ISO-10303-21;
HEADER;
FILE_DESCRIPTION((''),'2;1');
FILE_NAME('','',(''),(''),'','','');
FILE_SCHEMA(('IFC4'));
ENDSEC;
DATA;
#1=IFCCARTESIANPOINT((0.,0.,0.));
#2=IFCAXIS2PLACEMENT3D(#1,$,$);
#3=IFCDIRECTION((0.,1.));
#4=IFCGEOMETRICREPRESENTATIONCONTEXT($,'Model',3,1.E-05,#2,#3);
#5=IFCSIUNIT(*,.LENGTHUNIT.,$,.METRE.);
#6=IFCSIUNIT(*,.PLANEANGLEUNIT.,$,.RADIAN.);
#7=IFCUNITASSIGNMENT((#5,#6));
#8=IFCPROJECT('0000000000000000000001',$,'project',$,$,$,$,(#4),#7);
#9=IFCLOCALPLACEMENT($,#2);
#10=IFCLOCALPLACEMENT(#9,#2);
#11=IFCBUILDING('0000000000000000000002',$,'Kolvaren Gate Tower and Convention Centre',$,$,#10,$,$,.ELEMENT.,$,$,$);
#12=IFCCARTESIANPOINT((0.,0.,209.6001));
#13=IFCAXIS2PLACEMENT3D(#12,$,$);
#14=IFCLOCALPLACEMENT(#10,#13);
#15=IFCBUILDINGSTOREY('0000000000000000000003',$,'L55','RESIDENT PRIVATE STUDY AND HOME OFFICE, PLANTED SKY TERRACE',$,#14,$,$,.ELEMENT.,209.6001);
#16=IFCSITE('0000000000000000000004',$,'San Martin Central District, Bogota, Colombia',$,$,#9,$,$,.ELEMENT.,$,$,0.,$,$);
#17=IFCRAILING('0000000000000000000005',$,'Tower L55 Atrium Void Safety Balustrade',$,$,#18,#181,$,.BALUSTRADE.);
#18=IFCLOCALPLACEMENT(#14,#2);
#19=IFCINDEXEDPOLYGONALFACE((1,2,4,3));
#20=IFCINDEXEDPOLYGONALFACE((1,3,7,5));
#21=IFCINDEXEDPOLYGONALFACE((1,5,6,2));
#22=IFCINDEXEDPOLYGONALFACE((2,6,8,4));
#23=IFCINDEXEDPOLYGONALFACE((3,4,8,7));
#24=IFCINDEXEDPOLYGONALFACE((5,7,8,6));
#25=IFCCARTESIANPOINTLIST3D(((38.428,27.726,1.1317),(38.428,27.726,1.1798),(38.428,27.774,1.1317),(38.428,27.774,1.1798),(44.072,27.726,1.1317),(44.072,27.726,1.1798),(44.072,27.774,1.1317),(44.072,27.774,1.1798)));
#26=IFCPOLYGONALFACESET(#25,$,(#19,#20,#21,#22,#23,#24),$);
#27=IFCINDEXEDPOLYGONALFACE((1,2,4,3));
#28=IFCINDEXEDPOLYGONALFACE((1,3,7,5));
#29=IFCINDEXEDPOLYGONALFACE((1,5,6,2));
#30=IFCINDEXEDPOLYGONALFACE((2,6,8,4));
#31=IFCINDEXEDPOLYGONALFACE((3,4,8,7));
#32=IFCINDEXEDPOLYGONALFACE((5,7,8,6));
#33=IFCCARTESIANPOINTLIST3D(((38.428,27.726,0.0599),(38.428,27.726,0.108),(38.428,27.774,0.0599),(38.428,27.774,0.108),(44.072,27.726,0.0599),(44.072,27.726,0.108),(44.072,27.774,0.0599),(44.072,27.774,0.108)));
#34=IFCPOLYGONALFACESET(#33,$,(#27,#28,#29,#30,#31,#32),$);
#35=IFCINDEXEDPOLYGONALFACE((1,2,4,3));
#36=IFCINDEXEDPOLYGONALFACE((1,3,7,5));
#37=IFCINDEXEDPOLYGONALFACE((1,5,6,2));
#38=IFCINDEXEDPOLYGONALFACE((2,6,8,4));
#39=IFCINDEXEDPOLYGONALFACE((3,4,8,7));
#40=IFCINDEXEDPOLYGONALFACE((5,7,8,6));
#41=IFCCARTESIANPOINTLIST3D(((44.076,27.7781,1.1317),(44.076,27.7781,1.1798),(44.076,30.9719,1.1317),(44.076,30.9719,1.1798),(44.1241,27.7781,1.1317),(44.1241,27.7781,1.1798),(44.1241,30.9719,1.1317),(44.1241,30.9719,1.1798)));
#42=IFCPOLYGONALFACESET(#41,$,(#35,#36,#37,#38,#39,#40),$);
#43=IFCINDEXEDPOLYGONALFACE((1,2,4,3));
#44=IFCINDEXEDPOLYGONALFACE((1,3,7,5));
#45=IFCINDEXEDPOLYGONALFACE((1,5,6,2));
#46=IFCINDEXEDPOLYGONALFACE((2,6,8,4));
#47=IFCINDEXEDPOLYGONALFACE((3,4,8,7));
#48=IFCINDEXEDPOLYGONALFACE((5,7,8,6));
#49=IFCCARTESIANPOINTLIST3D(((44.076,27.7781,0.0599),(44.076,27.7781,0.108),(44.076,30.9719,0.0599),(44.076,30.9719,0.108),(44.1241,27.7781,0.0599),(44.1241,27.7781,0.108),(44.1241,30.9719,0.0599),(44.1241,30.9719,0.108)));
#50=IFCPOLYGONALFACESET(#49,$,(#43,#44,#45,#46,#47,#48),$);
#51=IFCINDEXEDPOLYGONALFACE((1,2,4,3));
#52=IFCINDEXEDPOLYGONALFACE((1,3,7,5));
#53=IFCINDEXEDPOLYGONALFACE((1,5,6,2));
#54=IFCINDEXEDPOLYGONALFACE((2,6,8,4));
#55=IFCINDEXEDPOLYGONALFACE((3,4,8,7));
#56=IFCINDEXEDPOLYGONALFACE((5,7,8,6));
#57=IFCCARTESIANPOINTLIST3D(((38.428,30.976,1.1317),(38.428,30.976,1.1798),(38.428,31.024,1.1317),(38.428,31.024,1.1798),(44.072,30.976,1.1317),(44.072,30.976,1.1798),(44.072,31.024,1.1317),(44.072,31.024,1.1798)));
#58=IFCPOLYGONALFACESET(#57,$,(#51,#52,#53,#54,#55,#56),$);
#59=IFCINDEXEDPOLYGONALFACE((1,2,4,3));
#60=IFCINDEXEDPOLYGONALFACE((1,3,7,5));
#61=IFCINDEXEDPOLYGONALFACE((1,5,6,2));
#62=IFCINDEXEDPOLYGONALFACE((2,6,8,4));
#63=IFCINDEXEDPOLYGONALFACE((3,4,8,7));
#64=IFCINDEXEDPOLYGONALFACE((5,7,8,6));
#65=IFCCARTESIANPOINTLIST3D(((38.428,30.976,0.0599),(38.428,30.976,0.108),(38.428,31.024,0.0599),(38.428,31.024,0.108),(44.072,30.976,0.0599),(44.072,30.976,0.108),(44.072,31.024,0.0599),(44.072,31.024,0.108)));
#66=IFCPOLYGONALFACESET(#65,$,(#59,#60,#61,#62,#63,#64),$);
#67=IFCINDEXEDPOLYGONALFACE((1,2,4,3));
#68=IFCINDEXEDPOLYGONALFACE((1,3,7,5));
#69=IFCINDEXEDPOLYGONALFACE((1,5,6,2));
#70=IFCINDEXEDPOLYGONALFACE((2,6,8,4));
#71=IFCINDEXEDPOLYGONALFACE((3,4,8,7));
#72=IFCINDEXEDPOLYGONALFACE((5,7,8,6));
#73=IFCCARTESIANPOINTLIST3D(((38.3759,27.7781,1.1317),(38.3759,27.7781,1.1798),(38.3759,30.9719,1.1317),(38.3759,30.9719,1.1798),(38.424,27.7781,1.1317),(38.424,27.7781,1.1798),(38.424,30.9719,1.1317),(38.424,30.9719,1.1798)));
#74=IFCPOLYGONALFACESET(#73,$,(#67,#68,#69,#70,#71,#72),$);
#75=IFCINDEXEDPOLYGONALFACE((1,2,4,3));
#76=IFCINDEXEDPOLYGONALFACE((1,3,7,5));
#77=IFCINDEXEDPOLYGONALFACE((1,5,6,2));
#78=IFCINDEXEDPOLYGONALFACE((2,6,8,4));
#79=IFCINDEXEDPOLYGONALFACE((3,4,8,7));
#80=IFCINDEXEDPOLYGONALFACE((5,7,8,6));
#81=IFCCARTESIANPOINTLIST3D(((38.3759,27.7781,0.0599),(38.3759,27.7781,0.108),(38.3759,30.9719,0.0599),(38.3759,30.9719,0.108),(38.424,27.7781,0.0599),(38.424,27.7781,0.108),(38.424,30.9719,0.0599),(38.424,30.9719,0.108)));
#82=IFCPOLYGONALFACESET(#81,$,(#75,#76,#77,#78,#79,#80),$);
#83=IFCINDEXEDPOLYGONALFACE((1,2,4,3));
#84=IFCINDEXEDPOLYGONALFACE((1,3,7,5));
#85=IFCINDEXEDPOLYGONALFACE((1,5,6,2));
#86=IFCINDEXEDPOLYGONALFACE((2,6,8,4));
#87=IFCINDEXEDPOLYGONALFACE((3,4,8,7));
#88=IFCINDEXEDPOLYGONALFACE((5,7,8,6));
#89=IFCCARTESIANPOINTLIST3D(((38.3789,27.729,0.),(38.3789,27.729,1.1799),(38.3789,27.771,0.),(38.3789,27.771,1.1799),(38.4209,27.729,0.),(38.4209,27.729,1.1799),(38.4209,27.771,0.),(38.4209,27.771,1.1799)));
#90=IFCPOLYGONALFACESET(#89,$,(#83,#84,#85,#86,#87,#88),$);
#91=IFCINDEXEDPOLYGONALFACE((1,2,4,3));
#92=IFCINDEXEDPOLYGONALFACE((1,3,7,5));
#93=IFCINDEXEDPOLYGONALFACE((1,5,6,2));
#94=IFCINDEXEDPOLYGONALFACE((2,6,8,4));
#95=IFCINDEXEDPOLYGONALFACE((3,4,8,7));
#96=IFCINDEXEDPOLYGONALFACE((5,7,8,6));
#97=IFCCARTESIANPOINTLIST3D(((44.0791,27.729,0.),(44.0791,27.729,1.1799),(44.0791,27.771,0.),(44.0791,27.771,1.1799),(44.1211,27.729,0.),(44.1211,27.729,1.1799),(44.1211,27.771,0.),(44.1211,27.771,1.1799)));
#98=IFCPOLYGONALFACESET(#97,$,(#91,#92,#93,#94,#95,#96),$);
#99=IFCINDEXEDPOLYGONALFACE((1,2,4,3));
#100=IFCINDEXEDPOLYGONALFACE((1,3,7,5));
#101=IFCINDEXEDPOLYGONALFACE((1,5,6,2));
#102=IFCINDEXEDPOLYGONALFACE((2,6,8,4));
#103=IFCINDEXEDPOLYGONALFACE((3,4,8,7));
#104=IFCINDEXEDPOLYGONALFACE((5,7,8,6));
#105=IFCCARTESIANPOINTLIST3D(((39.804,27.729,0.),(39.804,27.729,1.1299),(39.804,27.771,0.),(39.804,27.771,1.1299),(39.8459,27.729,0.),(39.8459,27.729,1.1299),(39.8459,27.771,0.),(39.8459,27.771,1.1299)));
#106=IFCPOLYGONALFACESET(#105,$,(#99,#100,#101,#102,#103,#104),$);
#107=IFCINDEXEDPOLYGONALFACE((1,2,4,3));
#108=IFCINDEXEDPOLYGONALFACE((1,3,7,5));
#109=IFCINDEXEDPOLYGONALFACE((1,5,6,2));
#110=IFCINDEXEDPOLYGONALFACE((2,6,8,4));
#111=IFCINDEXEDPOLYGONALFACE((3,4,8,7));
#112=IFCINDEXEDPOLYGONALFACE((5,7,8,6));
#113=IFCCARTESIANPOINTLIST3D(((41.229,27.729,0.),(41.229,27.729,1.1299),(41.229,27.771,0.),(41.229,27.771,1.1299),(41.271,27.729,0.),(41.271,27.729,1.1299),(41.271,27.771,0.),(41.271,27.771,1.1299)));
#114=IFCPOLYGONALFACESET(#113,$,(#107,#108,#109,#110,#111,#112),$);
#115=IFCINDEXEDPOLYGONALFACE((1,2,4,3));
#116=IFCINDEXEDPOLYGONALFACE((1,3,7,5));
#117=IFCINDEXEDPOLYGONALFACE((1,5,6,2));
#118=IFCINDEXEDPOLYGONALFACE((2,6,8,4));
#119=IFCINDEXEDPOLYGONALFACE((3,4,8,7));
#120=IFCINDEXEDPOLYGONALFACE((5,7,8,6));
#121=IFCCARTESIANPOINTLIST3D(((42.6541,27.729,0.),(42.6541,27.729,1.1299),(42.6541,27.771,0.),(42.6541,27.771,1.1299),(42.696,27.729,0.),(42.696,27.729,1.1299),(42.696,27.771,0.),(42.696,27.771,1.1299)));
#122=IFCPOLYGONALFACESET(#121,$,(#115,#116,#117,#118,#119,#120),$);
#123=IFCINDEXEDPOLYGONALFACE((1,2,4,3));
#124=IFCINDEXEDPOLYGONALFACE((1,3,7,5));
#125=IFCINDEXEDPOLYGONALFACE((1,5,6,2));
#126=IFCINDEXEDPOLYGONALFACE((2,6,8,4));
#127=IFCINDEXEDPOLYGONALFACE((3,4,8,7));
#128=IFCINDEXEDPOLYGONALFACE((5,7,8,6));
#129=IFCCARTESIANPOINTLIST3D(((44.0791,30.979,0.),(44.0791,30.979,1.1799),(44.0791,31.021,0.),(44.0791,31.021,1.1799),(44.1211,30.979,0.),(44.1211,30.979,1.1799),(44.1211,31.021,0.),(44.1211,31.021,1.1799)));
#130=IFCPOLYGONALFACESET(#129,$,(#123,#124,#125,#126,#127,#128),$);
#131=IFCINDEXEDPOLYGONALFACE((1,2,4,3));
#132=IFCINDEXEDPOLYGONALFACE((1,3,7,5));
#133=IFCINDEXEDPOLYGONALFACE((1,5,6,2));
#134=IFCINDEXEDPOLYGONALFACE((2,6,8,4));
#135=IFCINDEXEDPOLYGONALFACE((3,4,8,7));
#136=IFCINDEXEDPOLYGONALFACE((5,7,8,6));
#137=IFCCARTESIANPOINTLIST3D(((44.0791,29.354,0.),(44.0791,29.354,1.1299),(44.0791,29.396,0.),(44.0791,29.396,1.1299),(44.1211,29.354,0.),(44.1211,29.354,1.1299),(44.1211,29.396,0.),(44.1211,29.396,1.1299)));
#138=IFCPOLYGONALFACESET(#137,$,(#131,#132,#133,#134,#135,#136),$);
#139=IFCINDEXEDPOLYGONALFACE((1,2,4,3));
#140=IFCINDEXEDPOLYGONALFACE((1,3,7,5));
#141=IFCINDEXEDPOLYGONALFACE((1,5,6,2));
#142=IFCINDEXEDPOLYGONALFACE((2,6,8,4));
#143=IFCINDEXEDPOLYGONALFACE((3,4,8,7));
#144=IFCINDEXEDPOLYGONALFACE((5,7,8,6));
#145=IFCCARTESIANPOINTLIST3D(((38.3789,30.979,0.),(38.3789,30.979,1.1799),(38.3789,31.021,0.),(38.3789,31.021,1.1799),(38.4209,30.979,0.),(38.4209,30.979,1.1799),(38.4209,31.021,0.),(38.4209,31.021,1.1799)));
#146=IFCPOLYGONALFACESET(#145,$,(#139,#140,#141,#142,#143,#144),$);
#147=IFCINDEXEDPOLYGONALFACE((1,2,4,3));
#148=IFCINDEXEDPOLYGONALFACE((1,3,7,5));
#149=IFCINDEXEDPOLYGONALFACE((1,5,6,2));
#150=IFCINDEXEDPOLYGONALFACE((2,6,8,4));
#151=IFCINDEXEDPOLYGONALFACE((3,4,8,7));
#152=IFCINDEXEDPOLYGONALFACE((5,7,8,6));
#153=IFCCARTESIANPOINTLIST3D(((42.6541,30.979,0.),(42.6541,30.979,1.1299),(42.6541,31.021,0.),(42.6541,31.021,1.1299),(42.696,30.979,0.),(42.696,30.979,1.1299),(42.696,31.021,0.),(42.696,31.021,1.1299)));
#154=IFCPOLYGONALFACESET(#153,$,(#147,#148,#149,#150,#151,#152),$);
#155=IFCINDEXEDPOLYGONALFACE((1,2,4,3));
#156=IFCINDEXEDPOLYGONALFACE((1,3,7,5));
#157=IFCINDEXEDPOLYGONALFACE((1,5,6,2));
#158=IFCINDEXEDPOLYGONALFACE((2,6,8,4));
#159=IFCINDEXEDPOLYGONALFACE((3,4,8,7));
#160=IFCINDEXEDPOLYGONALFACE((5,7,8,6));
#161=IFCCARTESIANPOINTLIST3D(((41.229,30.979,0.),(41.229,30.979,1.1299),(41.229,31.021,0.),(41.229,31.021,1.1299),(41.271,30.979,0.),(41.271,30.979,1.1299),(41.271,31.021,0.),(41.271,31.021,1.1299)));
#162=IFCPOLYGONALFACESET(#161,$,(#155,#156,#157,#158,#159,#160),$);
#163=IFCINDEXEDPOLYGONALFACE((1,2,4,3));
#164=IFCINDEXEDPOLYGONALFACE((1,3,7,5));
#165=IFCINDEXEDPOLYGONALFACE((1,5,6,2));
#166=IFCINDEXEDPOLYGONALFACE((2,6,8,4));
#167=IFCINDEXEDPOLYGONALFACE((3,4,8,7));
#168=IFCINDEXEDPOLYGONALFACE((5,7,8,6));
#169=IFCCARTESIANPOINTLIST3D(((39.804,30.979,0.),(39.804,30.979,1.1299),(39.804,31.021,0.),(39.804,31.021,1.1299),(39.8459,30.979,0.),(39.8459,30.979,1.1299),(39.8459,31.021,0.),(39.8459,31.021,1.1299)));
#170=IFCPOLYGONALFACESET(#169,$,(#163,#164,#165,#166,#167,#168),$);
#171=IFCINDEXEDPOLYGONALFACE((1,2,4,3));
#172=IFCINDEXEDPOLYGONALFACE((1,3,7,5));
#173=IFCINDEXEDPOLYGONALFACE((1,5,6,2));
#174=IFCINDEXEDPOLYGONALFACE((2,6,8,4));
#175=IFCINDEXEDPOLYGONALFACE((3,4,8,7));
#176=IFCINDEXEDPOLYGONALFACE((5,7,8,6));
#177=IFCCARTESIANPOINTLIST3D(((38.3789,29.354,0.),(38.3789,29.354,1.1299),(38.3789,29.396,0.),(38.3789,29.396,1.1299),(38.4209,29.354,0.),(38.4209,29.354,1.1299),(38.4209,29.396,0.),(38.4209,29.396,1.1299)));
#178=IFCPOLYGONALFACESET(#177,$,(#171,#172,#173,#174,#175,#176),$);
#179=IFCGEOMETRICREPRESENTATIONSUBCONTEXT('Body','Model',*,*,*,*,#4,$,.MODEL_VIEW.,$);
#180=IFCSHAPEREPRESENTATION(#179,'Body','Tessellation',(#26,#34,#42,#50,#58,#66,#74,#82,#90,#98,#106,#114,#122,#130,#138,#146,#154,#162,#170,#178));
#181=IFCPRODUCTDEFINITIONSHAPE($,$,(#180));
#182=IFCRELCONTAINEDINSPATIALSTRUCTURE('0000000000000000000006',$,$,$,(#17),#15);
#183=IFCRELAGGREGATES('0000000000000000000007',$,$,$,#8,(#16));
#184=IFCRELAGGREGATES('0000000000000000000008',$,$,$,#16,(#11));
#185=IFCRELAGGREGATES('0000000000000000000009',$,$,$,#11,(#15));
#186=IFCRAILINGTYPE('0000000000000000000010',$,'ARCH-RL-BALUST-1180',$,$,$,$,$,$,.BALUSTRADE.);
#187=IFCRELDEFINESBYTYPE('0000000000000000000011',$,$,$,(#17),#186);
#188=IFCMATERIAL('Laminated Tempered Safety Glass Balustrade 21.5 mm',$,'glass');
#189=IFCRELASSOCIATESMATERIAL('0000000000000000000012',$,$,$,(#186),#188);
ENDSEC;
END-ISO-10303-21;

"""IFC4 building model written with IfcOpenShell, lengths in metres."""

from ifc_helpers import new_model, si_unit, direction, frame, origin, origin_2d, place, context, subcontext, project, spatial, rectangle, extrude, material, type_object, element, save


model = new_model("IFC4")

# Units and contexts
model_context = context("Model", 3, precision=1e-05, world=origin(), true_north=direction((0.0, 1.0)))
body_context = subcontext(model_context, "Body", "Model", "MODEL_VIEW")
ifc_project = project(units=[si_unit("LENGTHUNIT", "METRE"), si_unit("PLANEANGLEUNIT", "RADIAN")], contexts=[model_context])

# Site, building, storey
site_placement = place(None, origin())
site = spatial("IfcSite", under=ifc_project, at=site_placement, Name="San Martin Central District, Bogota, Colombia", CompositionType="ELEMENT", RefElevation=0.0)
building_placement = place(site_placement, origin())
building = spatial("IfcBuilding", under=site, at=building_placement, Name="Kolvaren Gate Tower and Convention Centre", CompositionType="ELEMENT")
storey_placement = place(building_placement, frame((0.0, 0.0, 209.6001)))
storey = spatial("IfcBuildingStorey", under=building, at=storey_placement, Name="L55", Description="RESIDENT PRIVATE STUDY AND HOME OFFICE, PLANTED SKY TERRACE", CompositionType="ELEMENT", Elevation=209.6001)

# Railing
ifc_material_1 = material(Name="Laminated Tempered Safety Glass Balustrade 21.5 mm", Category="glass")
railing_type = type_object("IfcRailingType", Name="ARCH-RL-BALUST-1180", PredefinedType="BALUSTRADE", material=ifc_material_1)
railing_placement = place(storey_placement, frame((38.3999, 27.75, 0.0)))
element("IfcRailing", 1, at=railing_placement, inside=storey, type_object=railing_type, Name="Tower L55 Atrium Void Safety Balustrade", PredefinedType="BALUSTRADE", context=body_context, shape_type="SweptSolid", body=[
    extrude(rectangle(XDim=0.0481, YDim=0.0481, at=origin_2d()), frame((0.0281, 0.0, 1.1558), z_axis=(1.0, 0.0, 0.0), x_axis=(0.0, 1.0, 0.0)), (0.0, 0.0, 1.0), 5.644),
    extrude(rectangle(XDim=0.0481, YDim=0.0481, at=origin_2d()), frame((0.0281, 0.0, 0.084), z_axis=(1.0, 0.0, 0.0), x_axis=(0.0, 1.0, 0.0)), (0.0, 0.0, 1.0), 5.644),
    extrude(rectangle(XDim=0.0481, YDim=0.0481, at=origin_2d()), frame((5.7002, 0.0281, 1.1558), z_axis=(0.0, 1.0, 0.0), x_axis=(-1.0, 0.0, 0.0)), (0.0, 0.0, 1.0), 3.1938),
    extrude(rectangle(XDim=0.0481, YDim=0.0481, at=origin_2d()), frame((5.7002, 0.0281, 0.084), z_axis=(0.0, 1.0, 0.0), x_axis=(-1.0, 0.0, 0.0)), (0.0, 0.0, 1.0), 3.1938),
    extrude(rectangle(XDim=0.0481, YDim=0.0481, at=origin_2d()), frame((5.6721, 3.25, 1.1558), z_axis=(-1.0, 0.0, 0.0), x_axis=(0.0, -1.0, 0.0)), (0.0, 0.0, 1.0), 5.644),
    extrude(rectangle(XDim=0.0481, YDim=0.0481, at=origin_2d()), frame((5.6721, 3.25, 0.084), z_axis=(-1.0, 0.0, 0.0), x_axis=(0.0, -1.0, 0.0)), (0.0, 0.0, 1.0), 5.644),
    extrude(rectangle(XDim=0.0481, YDim=0.0481, at=origin_2d()), frame((0.0, 3.2219, 1.1558), z_axis=(0.0, -1.0, 0.0), x_axis=(1.0, 0.0, 0.0)), (0.0, 0.0, 1.0), 3.1938),
    extrude(rectangle(XDim=0.0481, YDim=0.0481, at=origin_2d()), frame((0.0, 3.2219, 0.084), z_axis=(0.0, -1.0, 0.0), x_axis=(1.0, 0.0, 0.0)), (0.0, 0.0, 1.0), 3.1938),
    extrude(rectangle(XDim=0.042, YDim=0.042, at=origin_2d()), origin(), (0.0, 0.0, 1.0), 1.1799),
    extrude(rectangle(XDim=0.042, YDim=0.042, at=origin_2d()), frame((5.7002, 0.0, 0.0)), (0.0, 0.0, 1.0), 1.1799),
    extrude(rectangle(XDim=0.042, YDim=0.042, at=origin_2d()), frame((1.425, 0.0, 0.0)), (0.0, 0.0, 1.0), 1.1299),
    extrude(rectangle(XDim=0.042, YDim=0.042, at=origin_2d()), frame((2.8501, 0.0, 0.0)), (0.0, 0.0, 1.0), 1.1299),
    extrude(rectangle(XDim=0.042, YDim=0.042, at=origin_2d()), frame((4.2751, 0.0, 0.0)), (0.0, 0.0, 1.0), 1.1299),
    extrude(rectangle(XDim=0.042, YDim=0.042, at=origin_2d()), frame((5.7002, 3.25, 0.0)), (0.0, 0.0, 1.0), 1.1799),
    extrude(rectangle(XDim=0.042, YDim=0.042, at=origin_2d()), frame((5.7002, 1.625, 0.0)), (0.0, 0.0, 1.0), 1.1299),
    extrude(rectangle(XDim=0.042, YDim=0.042, at=origin_2d()), frame((0.0, 3.25, 0.0)), (0.0, 0.0, 1.0), 1.1799),
    extrude(rectangle(XDim=0.042, YDim=0.042, at=origin_2d()), frame((4.2751, 3.25, 0.0)), (0.0, 0.0, 1.0), 1.1299),
    extrude(rectangle(XDim=0.042, YDim=0.042, at=origin_2d()), frame((2.8501, 3.25, 0.0)), (0.0, 0.0, 1.0), 1.1299),
    extrude(rectangle(XDim=0.042, YDim=0.042, at=origin_2d()), frame((1.425, 3.25, 0.0)), (0.0, 0.0, 1.0), 1.1299),
    extrude(rectangle(XDim=0.042, YDim=0.042, at=origin_2d()), frame((0.0, 1.625, 0.0)), (0.0, 0.0, 1.0), 1.1299),
])

save(model, "model.ifc")
